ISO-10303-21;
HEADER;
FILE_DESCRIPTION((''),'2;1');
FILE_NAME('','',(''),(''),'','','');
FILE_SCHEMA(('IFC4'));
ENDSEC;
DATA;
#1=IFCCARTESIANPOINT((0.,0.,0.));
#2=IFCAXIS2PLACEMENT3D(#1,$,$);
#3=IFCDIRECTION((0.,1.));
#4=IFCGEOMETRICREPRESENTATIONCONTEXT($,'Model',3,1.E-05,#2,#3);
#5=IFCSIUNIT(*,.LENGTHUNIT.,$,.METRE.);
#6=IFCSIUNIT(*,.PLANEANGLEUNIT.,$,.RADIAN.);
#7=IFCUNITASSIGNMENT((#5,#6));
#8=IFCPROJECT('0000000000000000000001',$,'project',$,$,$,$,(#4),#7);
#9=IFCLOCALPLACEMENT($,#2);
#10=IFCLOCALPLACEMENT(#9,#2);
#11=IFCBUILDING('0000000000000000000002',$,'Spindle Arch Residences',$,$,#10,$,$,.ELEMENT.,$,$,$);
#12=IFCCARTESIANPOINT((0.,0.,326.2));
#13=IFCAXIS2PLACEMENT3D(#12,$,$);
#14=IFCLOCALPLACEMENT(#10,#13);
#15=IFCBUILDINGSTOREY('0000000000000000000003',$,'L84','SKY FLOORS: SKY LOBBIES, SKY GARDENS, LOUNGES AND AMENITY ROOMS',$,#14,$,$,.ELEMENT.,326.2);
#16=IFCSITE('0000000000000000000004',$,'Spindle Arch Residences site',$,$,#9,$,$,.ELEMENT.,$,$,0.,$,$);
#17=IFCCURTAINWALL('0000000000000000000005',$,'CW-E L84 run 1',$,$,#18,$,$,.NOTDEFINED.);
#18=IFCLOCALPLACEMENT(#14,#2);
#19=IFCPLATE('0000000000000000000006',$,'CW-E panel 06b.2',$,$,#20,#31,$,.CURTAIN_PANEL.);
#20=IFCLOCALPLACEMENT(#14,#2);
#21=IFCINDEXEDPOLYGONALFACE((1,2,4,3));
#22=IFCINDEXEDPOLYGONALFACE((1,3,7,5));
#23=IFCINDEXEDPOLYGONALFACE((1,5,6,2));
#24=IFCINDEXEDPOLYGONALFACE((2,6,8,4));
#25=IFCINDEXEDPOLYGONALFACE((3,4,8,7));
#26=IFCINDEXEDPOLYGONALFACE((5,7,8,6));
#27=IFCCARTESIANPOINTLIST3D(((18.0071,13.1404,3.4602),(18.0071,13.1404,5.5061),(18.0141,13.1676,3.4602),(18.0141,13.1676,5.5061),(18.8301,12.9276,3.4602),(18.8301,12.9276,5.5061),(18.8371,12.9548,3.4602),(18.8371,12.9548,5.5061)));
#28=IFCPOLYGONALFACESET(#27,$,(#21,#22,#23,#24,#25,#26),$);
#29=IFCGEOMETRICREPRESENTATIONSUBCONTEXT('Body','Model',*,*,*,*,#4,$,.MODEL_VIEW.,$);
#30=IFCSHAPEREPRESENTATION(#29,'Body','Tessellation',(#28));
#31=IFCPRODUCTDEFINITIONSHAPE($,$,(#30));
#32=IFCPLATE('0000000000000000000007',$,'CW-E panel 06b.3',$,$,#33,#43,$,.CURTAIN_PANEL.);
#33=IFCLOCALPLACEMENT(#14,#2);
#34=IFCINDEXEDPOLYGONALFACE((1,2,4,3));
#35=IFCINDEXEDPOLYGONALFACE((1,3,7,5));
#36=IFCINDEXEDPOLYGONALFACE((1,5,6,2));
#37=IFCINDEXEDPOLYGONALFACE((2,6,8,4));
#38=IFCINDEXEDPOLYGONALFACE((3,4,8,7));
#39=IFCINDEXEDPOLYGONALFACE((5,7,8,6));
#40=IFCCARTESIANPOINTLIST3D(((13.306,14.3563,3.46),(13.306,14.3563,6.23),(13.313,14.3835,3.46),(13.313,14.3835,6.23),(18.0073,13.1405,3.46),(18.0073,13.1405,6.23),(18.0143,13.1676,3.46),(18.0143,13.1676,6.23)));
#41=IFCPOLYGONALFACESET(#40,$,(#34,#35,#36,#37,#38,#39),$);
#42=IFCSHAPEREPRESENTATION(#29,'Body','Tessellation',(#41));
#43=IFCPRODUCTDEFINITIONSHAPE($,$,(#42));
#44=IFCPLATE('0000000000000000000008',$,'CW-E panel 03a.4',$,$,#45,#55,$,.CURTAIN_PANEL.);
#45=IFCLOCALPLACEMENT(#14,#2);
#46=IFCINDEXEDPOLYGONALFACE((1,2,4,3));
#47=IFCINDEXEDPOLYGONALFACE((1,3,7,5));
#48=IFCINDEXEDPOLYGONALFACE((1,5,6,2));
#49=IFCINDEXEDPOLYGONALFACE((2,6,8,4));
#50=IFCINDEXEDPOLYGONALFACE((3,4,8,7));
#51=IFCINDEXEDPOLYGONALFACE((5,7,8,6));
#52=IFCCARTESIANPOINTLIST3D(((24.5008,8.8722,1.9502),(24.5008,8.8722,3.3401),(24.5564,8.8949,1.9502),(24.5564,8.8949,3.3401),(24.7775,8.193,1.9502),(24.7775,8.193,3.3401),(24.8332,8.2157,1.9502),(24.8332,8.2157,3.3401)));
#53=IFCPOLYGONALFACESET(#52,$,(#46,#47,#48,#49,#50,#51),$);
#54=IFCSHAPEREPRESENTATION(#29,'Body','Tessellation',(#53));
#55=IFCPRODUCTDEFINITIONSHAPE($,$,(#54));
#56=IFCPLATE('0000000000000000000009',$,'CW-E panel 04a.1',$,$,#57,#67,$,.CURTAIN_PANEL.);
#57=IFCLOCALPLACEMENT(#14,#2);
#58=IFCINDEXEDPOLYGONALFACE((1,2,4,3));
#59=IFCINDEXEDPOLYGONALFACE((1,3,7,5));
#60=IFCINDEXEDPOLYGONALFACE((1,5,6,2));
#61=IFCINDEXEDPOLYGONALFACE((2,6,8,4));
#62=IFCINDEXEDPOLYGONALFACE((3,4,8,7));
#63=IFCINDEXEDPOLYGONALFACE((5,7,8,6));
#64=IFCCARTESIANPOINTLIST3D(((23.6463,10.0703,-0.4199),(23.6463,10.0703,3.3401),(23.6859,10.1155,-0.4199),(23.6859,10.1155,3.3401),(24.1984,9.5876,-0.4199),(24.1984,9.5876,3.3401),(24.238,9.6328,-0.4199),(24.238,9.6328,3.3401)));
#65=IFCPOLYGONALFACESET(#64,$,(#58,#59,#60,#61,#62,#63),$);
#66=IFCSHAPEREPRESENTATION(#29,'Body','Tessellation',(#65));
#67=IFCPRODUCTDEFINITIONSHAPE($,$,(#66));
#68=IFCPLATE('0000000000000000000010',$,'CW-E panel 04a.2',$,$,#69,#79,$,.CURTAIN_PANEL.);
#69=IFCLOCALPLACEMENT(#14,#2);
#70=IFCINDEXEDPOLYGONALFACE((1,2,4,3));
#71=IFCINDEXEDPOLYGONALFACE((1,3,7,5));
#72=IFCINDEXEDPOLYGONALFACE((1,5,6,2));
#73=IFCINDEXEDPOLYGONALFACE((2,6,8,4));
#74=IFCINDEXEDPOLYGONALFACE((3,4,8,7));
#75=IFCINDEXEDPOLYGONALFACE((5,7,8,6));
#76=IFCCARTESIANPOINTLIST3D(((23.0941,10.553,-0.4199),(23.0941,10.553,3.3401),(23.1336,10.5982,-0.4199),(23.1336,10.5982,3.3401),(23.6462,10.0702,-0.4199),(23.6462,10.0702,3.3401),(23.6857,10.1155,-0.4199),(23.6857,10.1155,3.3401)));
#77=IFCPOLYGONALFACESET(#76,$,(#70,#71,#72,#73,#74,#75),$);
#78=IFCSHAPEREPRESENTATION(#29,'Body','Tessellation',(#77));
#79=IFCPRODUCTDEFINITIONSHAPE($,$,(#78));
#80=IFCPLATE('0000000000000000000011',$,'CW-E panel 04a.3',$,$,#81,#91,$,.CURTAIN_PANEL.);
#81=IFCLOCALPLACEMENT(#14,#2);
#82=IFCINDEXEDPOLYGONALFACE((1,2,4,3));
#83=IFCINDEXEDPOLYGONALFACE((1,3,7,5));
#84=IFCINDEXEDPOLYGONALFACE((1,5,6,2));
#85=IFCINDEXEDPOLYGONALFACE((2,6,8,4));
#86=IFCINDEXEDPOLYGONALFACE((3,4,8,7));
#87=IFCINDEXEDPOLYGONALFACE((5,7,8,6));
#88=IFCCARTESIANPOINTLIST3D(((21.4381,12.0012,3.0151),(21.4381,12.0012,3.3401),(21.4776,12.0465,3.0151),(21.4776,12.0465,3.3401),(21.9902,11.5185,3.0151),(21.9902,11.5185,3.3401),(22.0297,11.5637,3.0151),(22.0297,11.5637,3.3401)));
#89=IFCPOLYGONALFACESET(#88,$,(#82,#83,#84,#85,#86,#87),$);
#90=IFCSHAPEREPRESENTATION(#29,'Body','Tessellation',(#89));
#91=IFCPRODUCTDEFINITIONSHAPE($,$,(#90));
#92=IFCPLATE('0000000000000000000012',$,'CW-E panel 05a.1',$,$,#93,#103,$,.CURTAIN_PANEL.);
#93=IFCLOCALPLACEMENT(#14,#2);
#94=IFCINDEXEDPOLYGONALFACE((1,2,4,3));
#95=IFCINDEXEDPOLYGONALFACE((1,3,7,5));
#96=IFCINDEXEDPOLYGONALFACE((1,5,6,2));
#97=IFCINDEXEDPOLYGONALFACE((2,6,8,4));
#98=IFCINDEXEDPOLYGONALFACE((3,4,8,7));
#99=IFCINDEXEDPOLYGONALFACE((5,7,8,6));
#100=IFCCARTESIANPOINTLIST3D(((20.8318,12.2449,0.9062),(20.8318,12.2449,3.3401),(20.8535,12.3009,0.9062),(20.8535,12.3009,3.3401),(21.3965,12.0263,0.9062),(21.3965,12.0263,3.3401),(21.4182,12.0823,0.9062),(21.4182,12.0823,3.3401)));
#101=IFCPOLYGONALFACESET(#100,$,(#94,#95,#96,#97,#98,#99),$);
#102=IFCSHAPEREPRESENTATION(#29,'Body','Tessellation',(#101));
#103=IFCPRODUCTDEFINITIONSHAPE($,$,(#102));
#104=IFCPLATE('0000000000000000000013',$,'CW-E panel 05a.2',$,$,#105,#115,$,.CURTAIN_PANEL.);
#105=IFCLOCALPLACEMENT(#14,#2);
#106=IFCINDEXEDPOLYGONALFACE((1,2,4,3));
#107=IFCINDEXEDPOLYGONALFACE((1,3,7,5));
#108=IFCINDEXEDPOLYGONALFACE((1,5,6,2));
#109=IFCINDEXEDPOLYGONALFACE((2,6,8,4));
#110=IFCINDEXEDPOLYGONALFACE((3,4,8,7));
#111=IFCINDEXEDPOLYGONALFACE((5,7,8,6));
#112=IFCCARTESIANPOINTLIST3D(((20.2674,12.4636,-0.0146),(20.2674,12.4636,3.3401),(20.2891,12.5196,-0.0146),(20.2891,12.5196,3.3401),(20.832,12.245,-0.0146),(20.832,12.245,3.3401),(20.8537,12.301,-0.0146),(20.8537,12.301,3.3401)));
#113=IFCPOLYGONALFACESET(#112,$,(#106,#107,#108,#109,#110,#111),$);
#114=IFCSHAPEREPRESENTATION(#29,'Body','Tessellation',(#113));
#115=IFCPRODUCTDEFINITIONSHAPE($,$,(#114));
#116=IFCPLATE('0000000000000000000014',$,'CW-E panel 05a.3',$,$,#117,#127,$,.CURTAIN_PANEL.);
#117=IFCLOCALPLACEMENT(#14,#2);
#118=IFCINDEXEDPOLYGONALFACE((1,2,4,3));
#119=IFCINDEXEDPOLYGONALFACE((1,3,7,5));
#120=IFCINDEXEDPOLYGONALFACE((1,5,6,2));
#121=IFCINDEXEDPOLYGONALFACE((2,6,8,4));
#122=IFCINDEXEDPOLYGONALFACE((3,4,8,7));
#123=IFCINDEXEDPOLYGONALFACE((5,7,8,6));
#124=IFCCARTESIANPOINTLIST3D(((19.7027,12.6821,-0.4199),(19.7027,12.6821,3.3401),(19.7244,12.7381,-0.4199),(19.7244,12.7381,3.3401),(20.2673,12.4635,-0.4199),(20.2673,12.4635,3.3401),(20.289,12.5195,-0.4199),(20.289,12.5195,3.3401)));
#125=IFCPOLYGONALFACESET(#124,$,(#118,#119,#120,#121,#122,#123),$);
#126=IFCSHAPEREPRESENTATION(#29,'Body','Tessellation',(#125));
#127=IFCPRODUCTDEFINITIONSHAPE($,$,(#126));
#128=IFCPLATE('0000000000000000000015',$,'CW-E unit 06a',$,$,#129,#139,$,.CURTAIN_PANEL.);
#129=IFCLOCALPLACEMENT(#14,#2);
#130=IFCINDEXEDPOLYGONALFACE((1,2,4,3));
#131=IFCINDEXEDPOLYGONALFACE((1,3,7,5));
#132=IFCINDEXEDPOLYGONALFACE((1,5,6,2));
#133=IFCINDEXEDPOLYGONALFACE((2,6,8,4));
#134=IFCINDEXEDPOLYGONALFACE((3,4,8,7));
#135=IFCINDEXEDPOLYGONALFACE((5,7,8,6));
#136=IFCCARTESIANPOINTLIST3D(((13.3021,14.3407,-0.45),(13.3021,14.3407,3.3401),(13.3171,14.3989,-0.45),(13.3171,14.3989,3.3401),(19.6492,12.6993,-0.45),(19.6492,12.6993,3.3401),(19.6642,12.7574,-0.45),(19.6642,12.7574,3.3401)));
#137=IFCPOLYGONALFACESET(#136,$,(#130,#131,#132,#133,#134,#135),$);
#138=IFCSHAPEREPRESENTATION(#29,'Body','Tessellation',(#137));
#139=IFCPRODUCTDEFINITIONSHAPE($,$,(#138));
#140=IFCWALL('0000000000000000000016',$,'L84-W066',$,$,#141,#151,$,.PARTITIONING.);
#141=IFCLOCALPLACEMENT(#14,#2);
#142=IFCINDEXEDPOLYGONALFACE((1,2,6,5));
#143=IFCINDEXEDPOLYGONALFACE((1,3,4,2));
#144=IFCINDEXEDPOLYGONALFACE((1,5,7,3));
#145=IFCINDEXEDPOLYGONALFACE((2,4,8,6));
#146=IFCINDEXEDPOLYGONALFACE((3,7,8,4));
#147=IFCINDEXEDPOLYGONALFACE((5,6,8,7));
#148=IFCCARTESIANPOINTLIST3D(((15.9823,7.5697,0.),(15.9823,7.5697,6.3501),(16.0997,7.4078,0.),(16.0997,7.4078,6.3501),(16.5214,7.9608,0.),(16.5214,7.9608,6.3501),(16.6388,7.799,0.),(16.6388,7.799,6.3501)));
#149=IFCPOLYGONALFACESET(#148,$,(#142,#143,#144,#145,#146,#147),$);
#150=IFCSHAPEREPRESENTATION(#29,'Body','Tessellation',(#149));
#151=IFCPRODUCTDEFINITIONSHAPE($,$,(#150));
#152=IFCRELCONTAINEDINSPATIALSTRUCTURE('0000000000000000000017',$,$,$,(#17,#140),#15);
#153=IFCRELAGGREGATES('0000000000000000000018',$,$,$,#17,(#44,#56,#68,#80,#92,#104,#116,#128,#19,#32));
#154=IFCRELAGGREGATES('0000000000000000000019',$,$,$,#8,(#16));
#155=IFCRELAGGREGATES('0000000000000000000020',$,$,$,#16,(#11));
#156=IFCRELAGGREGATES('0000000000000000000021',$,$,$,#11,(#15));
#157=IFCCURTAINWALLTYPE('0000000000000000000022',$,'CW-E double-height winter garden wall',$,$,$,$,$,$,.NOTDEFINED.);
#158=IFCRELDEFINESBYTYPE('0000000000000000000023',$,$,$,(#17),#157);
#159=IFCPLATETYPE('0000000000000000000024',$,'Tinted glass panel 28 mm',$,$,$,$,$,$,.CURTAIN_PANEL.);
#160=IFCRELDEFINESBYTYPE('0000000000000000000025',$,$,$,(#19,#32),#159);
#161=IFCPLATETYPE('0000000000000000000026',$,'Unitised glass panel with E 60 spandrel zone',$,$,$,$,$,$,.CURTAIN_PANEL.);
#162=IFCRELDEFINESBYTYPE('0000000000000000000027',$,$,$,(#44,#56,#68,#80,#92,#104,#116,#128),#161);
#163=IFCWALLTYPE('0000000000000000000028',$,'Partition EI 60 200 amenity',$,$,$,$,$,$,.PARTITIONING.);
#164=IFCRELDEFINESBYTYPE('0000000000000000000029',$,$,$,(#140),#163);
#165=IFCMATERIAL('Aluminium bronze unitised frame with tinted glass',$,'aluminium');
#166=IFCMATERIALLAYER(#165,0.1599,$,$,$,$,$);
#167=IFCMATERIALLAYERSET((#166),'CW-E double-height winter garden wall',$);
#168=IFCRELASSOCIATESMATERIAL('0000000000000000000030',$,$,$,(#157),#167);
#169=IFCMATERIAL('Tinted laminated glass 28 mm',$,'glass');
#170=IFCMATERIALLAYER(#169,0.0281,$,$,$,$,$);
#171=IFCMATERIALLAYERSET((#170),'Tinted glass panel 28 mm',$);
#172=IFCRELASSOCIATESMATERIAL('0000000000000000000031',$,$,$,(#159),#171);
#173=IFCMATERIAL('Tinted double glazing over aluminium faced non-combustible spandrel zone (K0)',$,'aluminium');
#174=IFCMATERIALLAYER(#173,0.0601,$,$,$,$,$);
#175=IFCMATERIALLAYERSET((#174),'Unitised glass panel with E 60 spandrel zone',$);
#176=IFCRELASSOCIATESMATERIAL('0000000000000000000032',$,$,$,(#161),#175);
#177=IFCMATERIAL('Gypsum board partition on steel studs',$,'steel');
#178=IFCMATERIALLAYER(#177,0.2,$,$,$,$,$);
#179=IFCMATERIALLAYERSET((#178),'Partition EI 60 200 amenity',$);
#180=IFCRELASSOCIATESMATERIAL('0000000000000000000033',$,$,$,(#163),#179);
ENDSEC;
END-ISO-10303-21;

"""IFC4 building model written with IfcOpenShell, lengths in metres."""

from ifc_helpers import new_model, si_unit, direction, frame, frame_2d, origin, origin_2d, place, context, subcontext, project, spatial, rectangle, extrude, material, layer, layer_set, type_object, element, aggregate, save


model = new_model("IFC4")

# Units and contexts
model_context = context("Model", 3, precision=1e-05, world=origin(), true_north=direction((0.0, 1.0)))
body_context = subcontext(model_context, "Body", "Model", "MODEL_VIEW")
ifc_project = project(units=[si_unit("LENGTHUNIT", "METRE"), si_unit("PLANEANGLEUNIT", "RADIAN")], contexts=[model_context])

# Site, building, storey
site_placement = place(None, origin())
site = spatial("IfcSite", under=ifc_project, at=site_placement, Name="Spindle Arch Residences site", CompositionType="ELEMENT", RefElevation=0.0)
building_placement = place(site_placement, origin())
building = spatial("IfcBuilding", under=site, at=building_placement, Name="Spindle Arch Residences", CompositionType="ELEMENT")
storey_placement = place(building_placement, frame((0.0, 0.0, 326.2)))
storey = spatial("IfcBuildingStorey", under=building, at=storey_placement, Name="L84", Description="SKY FLOORS: SKY LOBBIES, SKY GARDENS, LOUNGES AND AMENITY ROOMS", CompositionType="ELEMENT", Elevation=326.2)

# Curtain wall, plates
ifc_material_1 = material(Name="Aluminium bronze unitised frame with tinted glass", Category="aluminium")
ifc_layer_1 = layer(ifc_material_1, 0.1599)
ifc_layer_set_1 = layer_set([ifc_layer_1], Name="CW-E double-height winter garden wall")
curtain_wall_type = type_object("IfcCurtainWallType", Name="CW-E double-height winter garden wall", PredefinedType="NOTDEFINED", material=ifc_layer_set_1)
curtain_wall_placement = place(storey_placement, origin())
curtain_wall = element("IfcCurtainWall", 1, at=curtain_wall_placement, inside=storey, type_object=curtain_wall_type, Name="CW-E L84 run 1", PredefinedType="NOTDEFINED")
ifc_material_2 = material(Name="Tinted laminated glass 28 mm", Category="glass")
ifc_layer_2 = layer(ifc_material_2, 0.0281)
ifc_layer_set_2 = layer_set([ifc_layer_2], Name="Tinted glass panel 28 mm")
plate_type_1 = type_object("IfcPlateType", Name="Tinted glass panel 28 mm", PredefinedType="CURTAIN_PANEL", material=ifc_layer_set_2)
plate_1_placement = place(storey_placement, frame((18.4221, 13.0476, 3.4602), z_axis=(0.0, 0.0, 1.0), x_axis=(-0.968148, 0.25038, 0.0)))
plate_1 = element("IfcPlate", 2, at=plate_1_placement, type_object=plate_type_1, Name="CW-E panel 06b.2", PredefinedType="CURTAIN_PANEL", context=body_context, shape_type="SweptSolid", body=[
    extrude(rectangle(XDim=0.8501, YDim=0.0281, at=origin_2d()), origin(), (0.0, 0.0, 1.0), 2.0459),
])
plate_2_placement = place(storey_placement, frame((15.6602, 13.762, 3.46), z_axis=(0.0, 0.0, 1.0), x_axis=(-0.968148, 0.25038, 0.0)))
plate_2 = element("IfcPlate", 3, at=plate_2_placement, type_object=plate_type_1, Name="CW-E panel 06b.3", PredefinedType="CURTAIN_PANEL", context=body_context, shape_type="SweptSolid", body=[
    extrude(rectangle(XDim=4.856, YDim=0.0281, at=origin_2d()), origin(), (0.0, 0.0, 1.0), 2.77),
])
ifc_material_3 = material(Name="Tinted double glazing over aluminium faced non-combustible spandrel zone (K0)", Category="aluminium")
ifc_layer_3 = layer(ifc_material_3, 0.0601)
ifc_layer_set_3 = layer_set([ifc_layer_3], Name="Unitised glass panel with E 60 spandrel zone")
plate_type_2 = type_object("IfcPlateType", Name="Unitised glass panel with E 60 spandrel zone", PredefinedType="CURTAIN_PANEL", material=ifc_layer_set_3)
plate_3_placement = place(storey_placement, frame((24.667, 8.5439, 1.9502), z_axis=(0.0, 0.0, 1.0), x_axis=(-0.377302, 0.92609, 0.0)))
plate_3 = element("IfcPlate", 4, at=plate_3_placement, type_object=plate_type_2, Name="CW-E panel 03a.4", PredefinedType="CURTAIN_PANEL", context=body_context, shape_type="SweptSolid", body=[
    extrude(rectangle(XDim=0.7334, YDim=0.0601, at=origin_2d()), origin(), (0.0, 0.0, 1.0), 1.3899),
])
plate_4_placement = place(storey_placement, frame((23.9421, 9.8516, -0.4199), z_axis=(0.0, 0.0, 1.0), x_axis=(-0.752798, 0.658252, 0.0)))
plate_4 = element("IfcPlate", 5, at=plate_4_placement, type_object=plate_type_2, Name="CW-E panel 04a.1", PredefinedType="CURTAIN_PANEL", context=body_context, shape_type="SweptSolid", body=[
    extrude(rectangle(XDim=0.7334, YDim=0.0601, at=origin_2d()), origin(), (0.0, 0.0, 1.0), 3.76),
])
plate_5_placement = place(storey_placement, frame((23.3899, 10.3342, -0.4199), z_axis=(0.0, 0.0, 1.0), x_axis=(-0.752798, 0.658252, 0.0)))
plate_5 = element("IfcPlate", 6, at=plate_5_placement, type_object=plate_type_2, Name="CW-E panel 04a.2", PredefinedType="CURTAIN_PANEL", context=body_context, shape_type="SweptSolid", body=[
    extrude(rectangle(XDim=0.7334, YDim=0.0601, at=origin_2d()), origin(), (0.0, 0.0, 1.0), 3.76),
])
plate_6_placement = place(storey_placement, frame((21.7339, 11.7825, 3.0151), z_axis=(0.0, 0.0, 1.0), x_axis=(-0.752798, 0.658252, 0.0)))
plate_6 = element("IfcPlate", 7, at=plate_6_placement, type_object=plate_type_2, Name="CW-E panel 04a.3", PredefinedType="CURTAIN_PANEL", context=body_context, shape_type="SweptSolid", body=[
    extrude(rectangle(XDim=0.7334, YDim=0.0601, at=origin_2d()), origin(), (0.0, 0.0, 1.0), 0.325),
])
plate_7_placement = place(storey_placement, frame((21.125, 12.1636, 0.9062), z_axis=(0.0, 0.0, 1.0), x_axis=(-0.932534, 0.361082, 0.0)))
plate_7 = element("IfcPlate", 8, at=plate_7_placement, type_object=plate_type_2, Name="CW-E panel 05a.1", PredefinedType="CURTAIN_PANEL", context=body_context, shape_type="SweptSolid", body=[
    extrude(rectangle(XDim=0.6055, YDim=0.0601, at=origin_2d()), origin(), (0.0, 0.0, 1.0), 2.4338),
])
plate_8_placement = place(storey_placement, frame((20.5605, 12.3823, -0.0146), z_axis=(0.0, 0.0, 1.0), x_axis=(-0.932534, 0.361082, 0.0)))
plate_8 = element("IfcPlate", 9, at=plate_8_placement, type_object=plate_type_2, Name="CW-E panel 05a.2", PredefinedType="CURTAIN_PANEL", context=body_context, shape_type="SweptSolid", body=[
    extrude(rectangle(XDim=0.6055, YDim=0.0601, at=origin_2d()), origin(), (0.0, 0.0, 1.0), 3.3547),
])
plate_9_placement = place(storey_placement, frame((19.9958, 12.6008, -0.4199), z_axis=(0.0, 0.0, 1.0), x_axis=(-0.932534, 0.361082, 0.0)))
plate_9 = element("IfcPlate", 10, at=plate_9_placement, type_object=plate_type_2, Name="CW-E panel 05a.3", PredefinedType="CURTAIN_PANEL", context=body_context, shape_type="SweptSolid", body=[
    extrude(rectangle(XDim=0.6055, YDim=0.0601, at=origin_2d()), origin(), (0.0, 0.0, 1.0), 3.76),
])
plate_10_placement = place(storey_placement, frame((16.4832, 13.5491, -0.45), z_axis=(0.0, 0.0, 1.0), x_axis=(-0.968148, 0.25038, 0.0)))
plate_10 = element("IfcPlate", 11, at=plate_10_placement, type_object=plate_type_2, Name="CW-E unit 06a", PredefinedType="CURTAIN_PANEL", context=body_context, shape_type="SweptSolid", body=[
    extrude(rectangle(XDim=6.5559, YDim=0.0601, at=origin_2d()), origin(), (0.0, 0.0, 1.0), 3.79),
])
aggregate(curtain_wall, [plate_3, plate_4, plate_5, plate_6, plate_7, plate_8, plate_9, plate_10, plate_1, plate_2])

# Wall
ifc_material_4 = material(Name="Gypsum board partition on steel studs", Category="steel")
ifc_layer_4 = layer(ifc_material_4, 0.2)
ifc_layer_set_4 = layer_set([ifc_layer_4], Name="Partition EI 60 200 amenity")
wall_type = type_object("IfcWallType", Name="Partition EI 60 200 amenity", PredefinedType="PARTITIONING", material=ifc_layer_set_4)
wall_placement = place(storey_placement, frame((16.5801, 7.8799, 0.0), z_axis=(0.0, 0.0, 1.0), x_axis=(-0.809401, -0.587256, 0.0)))
element("IfcWall", 12, at=wall_placement, inside=storey, type_object=wall_type, Name="L84-W066", PredefinedType="PARTITIONING", context=body_context, shape_type="SweptSolid", body=[
    extrude(rectangle(XDim=0.666, YDim=0.2, at=frame_2d((0.333, 0.0))), origin(), (0.0, 0.0, 1.0), 6.3501),
])

save(model, "model.ifc")
